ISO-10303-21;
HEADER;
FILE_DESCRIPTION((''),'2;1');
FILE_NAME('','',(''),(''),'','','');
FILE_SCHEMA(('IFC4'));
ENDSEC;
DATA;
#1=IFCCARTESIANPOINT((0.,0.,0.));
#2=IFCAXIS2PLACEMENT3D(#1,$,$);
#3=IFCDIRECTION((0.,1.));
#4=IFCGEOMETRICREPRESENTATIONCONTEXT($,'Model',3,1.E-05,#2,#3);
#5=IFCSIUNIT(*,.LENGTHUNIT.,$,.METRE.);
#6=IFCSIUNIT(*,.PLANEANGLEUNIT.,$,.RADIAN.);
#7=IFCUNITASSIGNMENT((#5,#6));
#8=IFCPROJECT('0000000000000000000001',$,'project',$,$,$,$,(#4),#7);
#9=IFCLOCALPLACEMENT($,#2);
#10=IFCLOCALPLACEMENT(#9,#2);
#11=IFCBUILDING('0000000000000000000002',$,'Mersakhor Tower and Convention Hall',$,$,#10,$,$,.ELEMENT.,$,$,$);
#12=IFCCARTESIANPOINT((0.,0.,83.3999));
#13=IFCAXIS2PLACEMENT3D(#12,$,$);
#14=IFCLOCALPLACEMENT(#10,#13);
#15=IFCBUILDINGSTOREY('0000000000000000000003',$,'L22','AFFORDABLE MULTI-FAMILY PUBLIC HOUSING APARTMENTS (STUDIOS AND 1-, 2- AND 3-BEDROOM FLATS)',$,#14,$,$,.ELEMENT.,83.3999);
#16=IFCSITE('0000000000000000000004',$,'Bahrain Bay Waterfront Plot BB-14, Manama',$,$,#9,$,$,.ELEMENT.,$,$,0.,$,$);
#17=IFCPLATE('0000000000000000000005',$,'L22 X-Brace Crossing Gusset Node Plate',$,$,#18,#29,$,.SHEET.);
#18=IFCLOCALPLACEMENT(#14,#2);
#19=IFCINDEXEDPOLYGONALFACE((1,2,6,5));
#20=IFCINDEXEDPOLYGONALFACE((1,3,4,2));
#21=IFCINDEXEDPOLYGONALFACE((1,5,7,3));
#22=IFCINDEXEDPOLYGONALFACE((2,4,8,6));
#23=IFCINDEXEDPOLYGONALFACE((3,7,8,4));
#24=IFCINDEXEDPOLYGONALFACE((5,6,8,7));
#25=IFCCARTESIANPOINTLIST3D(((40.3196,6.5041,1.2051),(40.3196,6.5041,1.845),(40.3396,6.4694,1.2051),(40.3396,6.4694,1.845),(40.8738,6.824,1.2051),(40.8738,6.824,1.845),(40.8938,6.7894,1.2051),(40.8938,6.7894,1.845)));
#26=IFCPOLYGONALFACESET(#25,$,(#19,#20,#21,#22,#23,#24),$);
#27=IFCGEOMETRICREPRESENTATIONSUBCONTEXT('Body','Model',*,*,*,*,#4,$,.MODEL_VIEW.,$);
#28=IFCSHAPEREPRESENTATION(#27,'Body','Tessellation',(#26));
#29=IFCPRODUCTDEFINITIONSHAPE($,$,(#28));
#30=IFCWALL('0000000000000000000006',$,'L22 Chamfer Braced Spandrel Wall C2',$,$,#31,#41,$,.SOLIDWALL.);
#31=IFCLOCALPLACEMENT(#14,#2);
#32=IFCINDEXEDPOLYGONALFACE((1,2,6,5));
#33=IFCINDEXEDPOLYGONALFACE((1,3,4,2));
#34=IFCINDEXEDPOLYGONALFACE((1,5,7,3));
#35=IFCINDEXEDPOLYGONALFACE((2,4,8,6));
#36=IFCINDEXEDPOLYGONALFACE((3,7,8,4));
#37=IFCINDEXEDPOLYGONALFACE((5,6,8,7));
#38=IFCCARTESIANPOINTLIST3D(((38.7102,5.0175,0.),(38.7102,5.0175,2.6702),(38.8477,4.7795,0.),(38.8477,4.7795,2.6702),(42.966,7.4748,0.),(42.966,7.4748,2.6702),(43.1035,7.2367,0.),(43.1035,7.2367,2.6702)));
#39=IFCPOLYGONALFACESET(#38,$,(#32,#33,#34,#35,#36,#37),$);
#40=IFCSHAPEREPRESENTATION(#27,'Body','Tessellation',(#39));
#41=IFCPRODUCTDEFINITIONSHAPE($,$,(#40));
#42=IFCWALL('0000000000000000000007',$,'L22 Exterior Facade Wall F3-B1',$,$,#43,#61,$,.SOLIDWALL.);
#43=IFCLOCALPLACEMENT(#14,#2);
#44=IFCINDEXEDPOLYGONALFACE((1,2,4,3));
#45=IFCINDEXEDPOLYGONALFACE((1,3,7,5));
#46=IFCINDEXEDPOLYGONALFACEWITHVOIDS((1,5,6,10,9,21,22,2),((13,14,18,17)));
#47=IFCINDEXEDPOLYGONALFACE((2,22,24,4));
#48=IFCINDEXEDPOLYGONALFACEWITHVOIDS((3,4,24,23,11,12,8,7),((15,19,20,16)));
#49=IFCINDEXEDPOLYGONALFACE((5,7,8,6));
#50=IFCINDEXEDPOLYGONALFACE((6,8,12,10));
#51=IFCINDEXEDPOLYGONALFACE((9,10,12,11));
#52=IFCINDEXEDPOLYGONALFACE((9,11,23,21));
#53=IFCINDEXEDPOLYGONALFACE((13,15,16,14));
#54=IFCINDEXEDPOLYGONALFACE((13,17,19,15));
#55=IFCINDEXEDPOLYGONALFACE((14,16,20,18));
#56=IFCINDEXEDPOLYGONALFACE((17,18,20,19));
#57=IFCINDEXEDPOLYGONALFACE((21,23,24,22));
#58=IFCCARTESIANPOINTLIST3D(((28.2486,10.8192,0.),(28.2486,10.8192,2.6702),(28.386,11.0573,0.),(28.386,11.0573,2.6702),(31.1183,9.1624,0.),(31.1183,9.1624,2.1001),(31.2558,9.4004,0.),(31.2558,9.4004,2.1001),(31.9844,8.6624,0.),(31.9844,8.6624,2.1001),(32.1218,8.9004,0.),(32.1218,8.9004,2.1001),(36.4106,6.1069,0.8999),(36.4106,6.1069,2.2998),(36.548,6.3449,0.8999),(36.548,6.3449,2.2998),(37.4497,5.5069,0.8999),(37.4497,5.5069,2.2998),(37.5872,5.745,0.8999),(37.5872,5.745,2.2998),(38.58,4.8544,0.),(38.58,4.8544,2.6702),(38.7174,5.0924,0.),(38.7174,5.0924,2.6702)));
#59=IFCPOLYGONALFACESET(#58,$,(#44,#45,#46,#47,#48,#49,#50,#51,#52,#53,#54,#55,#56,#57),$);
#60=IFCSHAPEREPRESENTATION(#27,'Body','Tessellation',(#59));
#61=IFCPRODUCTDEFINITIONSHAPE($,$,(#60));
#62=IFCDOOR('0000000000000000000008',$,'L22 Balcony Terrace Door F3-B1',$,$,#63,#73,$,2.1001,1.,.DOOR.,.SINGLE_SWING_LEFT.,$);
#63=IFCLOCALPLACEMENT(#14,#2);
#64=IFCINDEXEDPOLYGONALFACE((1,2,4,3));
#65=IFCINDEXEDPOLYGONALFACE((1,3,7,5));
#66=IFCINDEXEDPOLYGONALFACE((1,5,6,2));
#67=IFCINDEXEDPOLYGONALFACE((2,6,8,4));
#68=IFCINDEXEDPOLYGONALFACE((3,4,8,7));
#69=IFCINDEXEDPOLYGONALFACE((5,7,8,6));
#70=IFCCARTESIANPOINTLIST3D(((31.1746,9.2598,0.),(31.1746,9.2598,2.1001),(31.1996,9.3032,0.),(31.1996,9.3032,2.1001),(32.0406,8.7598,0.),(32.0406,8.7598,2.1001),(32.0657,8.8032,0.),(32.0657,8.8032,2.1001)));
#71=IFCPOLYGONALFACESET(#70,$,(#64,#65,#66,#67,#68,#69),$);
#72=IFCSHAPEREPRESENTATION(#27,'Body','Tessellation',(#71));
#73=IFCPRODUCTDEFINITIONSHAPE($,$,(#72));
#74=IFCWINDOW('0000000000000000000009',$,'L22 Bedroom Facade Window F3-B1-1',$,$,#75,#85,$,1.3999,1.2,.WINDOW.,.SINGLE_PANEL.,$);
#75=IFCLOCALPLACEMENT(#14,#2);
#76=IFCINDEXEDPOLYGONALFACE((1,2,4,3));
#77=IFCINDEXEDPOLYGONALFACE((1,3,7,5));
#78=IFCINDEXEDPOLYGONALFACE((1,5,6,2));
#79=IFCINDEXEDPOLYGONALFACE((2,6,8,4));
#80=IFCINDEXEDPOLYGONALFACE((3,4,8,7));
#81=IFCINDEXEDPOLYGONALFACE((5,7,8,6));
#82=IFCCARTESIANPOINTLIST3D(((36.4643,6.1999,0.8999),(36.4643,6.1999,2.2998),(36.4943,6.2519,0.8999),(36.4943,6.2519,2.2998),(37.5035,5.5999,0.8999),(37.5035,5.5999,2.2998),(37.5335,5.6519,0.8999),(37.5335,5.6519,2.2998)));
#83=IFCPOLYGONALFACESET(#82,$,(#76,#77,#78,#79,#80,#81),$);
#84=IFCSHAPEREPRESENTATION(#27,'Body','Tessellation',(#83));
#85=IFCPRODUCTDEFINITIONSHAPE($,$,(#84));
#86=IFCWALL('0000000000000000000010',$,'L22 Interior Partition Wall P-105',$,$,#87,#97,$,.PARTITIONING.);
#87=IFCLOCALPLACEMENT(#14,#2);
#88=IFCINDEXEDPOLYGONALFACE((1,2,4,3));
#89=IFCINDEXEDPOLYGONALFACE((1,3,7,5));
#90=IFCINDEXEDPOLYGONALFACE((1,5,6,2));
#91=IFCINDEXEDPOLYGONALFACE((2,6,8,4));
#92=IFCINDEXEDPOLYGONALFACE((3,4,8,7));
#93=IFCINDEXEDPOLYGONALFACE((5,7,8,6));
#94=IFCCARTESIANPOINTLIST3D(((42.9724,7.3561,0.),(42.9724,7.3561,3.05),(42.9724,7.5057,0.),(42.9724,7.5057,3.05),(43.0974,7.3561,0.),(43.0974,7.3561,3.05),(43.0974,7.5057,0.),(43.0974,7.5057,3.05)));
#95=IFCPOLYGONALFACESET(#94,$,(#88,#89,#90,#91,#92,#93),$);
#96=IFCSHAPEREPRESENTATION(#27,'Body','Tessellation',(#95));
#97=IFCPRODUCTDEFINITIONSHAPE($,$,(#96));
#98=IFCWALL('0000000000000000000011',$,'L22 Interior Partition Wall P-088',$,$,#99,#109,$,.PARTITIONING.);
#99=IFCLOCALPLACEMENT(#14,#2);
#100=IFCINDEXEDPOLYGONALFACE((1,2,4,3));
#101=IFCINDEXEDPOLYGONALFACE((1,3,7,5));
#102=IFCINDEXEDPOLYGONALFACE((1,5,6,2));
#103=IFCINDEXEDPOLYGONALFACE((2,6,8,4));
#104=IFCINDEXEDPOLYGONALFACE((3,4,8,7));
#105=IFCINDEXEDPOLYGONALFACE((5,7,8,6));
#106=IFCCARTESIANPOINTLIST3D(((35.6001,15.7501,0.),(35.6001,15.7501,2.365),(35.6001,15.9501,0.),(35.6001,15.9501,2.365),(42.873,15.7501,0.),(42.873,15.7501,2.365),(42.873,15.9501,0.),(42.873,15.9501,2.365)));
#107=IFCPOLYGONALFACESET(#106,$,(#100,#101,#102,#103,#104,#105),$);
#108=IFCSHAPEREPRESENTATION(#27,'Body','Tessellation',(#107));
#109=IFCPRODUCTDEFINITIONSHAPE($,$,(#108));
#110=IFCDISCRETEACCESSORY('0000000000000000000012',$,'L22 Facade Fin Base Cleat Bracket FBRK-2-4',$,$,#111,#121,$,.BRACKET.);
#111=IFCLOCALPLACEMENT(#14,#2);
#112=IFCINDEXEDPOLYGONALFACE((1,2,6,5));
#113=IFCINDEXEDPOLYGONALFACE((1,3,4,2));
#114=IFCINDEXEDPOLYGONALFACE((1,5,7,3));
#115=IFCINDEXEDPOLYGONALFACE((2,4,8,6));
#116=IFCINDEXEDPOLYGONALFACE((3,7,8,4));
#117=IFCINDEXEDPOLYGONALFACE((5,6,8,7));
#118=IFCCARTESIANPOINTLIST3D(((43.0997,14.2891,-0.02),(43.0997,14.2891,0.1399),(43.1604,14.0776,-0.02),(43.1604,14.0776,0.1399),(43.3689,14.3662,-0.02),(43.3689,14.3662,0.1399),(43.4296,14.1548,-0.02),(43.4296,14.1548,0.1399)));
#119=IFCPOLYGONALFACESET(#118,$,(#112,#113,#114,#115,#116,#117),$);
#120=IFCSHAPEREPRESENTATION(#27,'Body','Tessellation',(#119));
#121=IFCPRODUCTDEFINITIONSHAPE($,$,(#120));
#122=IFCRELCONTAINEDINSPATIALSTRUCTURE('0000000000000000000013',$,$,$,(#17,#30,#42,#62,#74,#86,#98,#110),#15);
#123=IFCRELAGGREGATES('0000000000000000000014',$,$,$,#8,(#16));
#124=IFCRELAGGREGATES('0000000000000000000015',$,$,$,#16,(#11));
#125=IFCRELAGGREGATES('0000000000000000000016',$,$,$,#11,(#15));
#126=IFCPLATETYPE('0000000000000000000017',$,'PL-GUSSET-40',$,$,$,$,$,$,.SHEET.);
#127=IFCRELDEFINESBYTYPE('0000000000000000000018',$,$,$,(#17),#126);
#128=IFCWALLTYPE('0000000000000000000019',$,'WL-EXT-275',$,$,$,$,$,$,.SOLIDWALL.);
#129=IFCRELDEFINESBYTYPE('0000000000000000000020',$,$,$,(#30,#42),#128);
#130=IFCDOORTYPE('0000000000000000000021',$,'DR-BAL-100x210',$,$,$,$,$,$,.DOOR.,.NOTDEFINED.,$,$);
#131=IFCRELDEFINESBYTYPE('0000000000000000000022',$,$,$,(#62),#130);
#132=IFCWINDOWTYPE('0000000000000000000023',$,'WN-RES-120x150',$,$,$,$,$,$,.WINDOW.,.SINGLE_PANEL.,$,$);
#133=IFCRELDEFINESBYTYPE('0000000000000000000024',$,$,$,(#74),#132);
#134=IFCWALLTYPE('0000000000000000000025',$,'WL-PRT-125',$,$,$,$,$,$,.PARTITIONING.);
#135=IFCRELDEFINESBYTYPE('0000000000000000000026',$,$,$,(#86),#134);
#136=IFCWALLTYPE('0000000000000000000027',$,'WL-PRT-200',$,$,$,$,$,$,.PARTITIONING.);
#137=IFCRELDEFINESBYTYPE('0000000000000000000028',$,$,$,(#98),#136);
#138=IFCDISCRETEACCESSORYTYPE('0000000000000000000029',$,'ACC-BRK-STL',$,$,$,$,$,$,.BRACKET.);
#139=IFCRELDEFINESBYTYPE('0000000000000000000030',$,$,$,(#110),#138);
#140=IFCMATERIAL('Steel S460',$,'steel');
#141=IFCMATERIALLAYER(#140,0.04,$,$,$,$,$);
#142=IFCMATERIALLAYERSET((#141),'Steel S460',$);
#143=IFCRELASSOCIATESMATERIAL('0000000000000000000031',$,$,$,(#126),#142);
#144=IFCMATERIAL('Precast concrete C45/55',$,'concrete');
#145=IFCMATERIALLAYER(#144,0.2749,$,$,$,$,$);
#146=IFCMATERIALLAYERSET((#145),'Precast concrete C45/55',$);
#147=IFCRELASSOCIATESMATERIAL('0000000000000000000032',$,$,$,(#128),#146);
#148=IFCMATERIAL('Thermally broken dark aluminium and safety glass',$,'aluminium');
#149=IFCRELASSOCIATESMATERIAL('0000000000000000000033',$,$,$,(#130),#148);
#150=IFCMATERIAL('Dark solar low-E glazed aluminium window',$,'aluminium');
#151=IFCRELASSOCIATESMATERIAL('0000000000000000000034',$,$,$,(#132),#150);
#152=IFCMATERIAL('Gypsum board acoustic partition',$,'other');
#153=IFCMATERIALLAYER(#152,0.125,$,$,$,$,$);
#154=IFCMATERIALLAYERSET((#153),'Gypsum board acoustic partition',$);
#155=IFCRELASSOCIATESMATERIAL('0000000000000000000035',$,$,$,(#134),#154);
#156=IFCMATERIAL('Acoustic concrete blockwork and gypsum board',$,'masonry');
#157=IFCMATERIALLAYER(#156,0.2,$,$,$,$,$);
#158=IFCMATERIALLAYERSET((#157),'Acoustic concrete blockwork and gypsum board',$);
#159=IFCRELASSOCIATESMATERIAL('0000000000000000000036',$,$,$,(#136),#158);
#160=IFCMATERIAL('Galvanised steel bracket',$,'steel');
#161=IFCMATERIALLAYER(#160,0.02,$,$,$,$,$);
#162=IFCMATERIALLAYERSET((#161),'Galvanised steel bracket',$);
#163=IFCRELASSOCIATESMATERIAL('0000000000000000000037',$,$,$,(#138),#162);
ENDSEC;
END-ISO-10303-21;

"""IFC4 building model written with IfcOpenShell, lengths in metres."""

from ifc_helpers import new_model, si_unit, direction, frame, frame_2d, origin, origin_2d, place, context, subcontext, project, spatial, rectangle, extrude, material, layer, layer_set, type_object, element, fill, save


model = new_model("IFC4")

# Units and contexts
model_context = context("Model", 3, precision=1e-05, world=origin(), true_north=direction((0.0, 1.0)))
body_context = subcontext(model_context, "Body", "Model", "MODEL_VIEW")
ifc_project = project(units=[si_unit("LENGTHUNIT", "METRE"), si_unit("PLANEANGLEUNIT", "RADIAN")], contexts=[model_context])

# Site, building, storey
site_placement = place(None, origin())
site = spatial("IfcSite", under=ifc_project, at=site_placement, Name="Bahrain Bay Waterfront Plot BB-14, Manama", CompositionType="ELEMENT", RefElevation=0.0)
building_placement = place(site_placement, origin())
building = spatial("IfcBuilding", under=site, at=building_placement, Name="Mersakhor Tower and Convention Hall", CompositionType="ELEMENT")
storey_placement = place(building_placement, frame((0.0, 0.0, 83.3999)))
storey = spatial("IfcBuildingStorey", under=building, at=storey_placement, Name="L22", Description="AFFORDABLE MULTI-FAMILY PUBLIC HOUSING APARTMENTS (STUDIOS AND 1-, 2- AND 3-BEDROOM FLATS)", CompositionType="ELEMENT", Elevation=83.3999)

# Plate
ifc_material_1 = material(Name="Steel S460", Category="steel")
ifc_layer_1 = layer(ifc_material_1, 0.04)
ifc_layer_set_1 = layer_set([ifc_layer_1], Name="Steel S460")
plate_type_1 = type_object("IfcPlateType", Name="PL-GUSSET-40", PredefinedType="SHEET", material=ifc_layer_set_1)
plate_1_placement = place(storey_placement, frame((40.6067, 6.6467, 1.2051), z_axis=(0.0, 0.0, 1.0), x_axis=(0.866025, 0.5, 0.0)))
element("IfcPlate", 1, at=plate_1_placement, inside=storey, type_object=plate_type_1, Name="L22 X-Brace Crossing Gusset Node Plate", PredefinedType="SHEET", context=body_context, shape_type="SweptSolid", body=[
    extrude(rectangle(XDim=0.6399, YDim=0.04, at=origin_2d()), origin(), (0.0, 0.0, 1.0), 0.6399),
])

# Wall
ifc_material_2 = material(Name="Precast concrete C45/55", Category="concrete")
ifc_layer_2 = layer(ifc_material_2, 0.2749)
ifc_layer_set_2 = layer_set([ifc_layer_2], Name="Precast concrete C45/55")
wall_type_1 = type_object("IfcWallType", Name="WL-EXT-275", PredefinedType="SOLIDWALL", material=ifc_layer_set_2)
wall_1_placement = place(storey_placement, frame((43.0347, 7.3557, 0.0), z_axis=(0.0, 0.0, 1.0), x_axis=(-0.866012, -0.500023, 0.0)))
element("IfcWall", 2, at=wall_1_placement, inside=storey, type_object=wall_type_1, Name="L22 Chamfer Braced Spandrel Wall C2", PredefinedType="SOLIDWALL", context=body_context, shape_type="SweptSolid", body=[
    extrude(rectangle(XDim=4.9143, YDim=0.2749, at=frame_2d((2.457, 0.0))), origin(), (0.0, 0.0, 1.0), 2.6702),
])

# Wall, openings, door, window
wall_2_placement = place(storey_placement, frame((38.6487, 4.9734, 0.0), z_axis=(0.0, 0.0, 1.0), x_axis=(-0.866023, 0.500004, 0.0)))
wall_2 = element("IfcWall", 3, at=wall_2_placement, inside=storey, type_object=wall_type_1, Name="L22 Exterior Facade Wall F3-B1", PredefinedType="SOLIDWALL", context=body_context, shape_type="SweptSolid", body=[
    extrude(rectangle(XDim=11.9297, YDim=0.2749, at=frame_2d((5.9648, 0.0))), origin(), (0.0, 0.0, 1.0), 2.6702),
])
opening_1_placement = place(wall_2_placement, frame((7.616, 0.0, 0.0)))
opening_1 = element("IfcOpeningElement", 4, at=opening_1_placement, cuts=wall_2, PredefinedType="OPENING", context=body_context, shape_type="SweptSolid", body=[
    extrude(rectangle(XDim=1.0, YDim=2.1001, at=frame_2d((0.5, 1.05))), frame((0.0, 0.1475, 0.0), z_axis=(0.0, -1.0, 0.0), x_axis=(1.0, 0.0, 0.0)), (0.0, 0.0, 1.0), 0.2949),
])
opening_2_placement = place(wall_2_placement, frame((1.3049, 0.0, 0.8999)))
opening_2 = element("IfcOpeningElement", 5, at=opening_2_placement, cuts=wall_2, PredefinedType="OPENING", context=body_context, shape_type="SweptSolid", body=[
    extrude(rectangle(XDim=1.2, YDim=1.3999, at=frame_2d((0.6001, 0.7))), frame((0.0, 0.1475, 0.0), z_axis=(0.0, -1.0, 0.0), x_axis=(1.0, 0.0, 0.0)), (0.0, 0.0, 1.0), 0.2949),
])
ifc_material_3 = material(Name="Thermally broken dark aluminium and safety glass", Category="aluminium")
door_type_1 = type_object("IfcDoorType", Name="DR-BAL-100x210", OperationType="NOTDEFINED", PredefinedType="DOOR", material=ifc_material_3)
door_1_placement = place(opening_1_placement, origin())
door_1 = element("IfcDoor", 6, at=door_1_placement, inside=storey, type_object=door_type_1, Name="L22 Balcony Terrace Door F3-B1", OperationType="SINGLE_SWING_LEFT", OverallHeight=2.1001, OverallWidth=1.0, PredefinedType="DOOR", context=body_context, shape_type="SweptSolid", body=[
    extrude(rectangle(XDim=1.0, YDim=2.1001, at=frame_2d((0.5, 1.05))), frame((0.0, 0.0249, 0.0), z_axis=(0.0, -1.0, 0.0), x_axis=(1.0, 0.0, 0.0)), (0.0, 0.0, 1.0), 0.05),
])
fill(opening_1, door_1)
ifc_material_4 = material(Name="Dark solar low-E glazed aluminium window", Category="aluminium")
window_type = type_object("IfcWindowType", Name="WN-RES-120x150", PartitioningType="SINGLE_PANEL", PredefinedType="WINDOW", material=ifc_material_4)
window_placement = place(opening_2_placement, origin())
window = element("IfcWindow", 7, at=window_placement, inside=storey, type_object=window_type, Name="L22 Bedroom Facade Window F3-B1-1", OverallHeight=1.3999, OverallWidth=1.2, PartitioningType="SINGLE_PANEL", PredefinedType="WINDOW", context=body_context, shape_type="SweptSolid", body=[
    extrude(rectangle(XDim=1.2, YDim=1.3999, at=frame_2d((0.6001, 0.7))), frame((0.0, 0.03, 0.0), z_axis=(0.0, -1.0, 0.0), x_axis=(1.0, 0.0, 0.0)), (0.0, 0.0, 1.0), 0.0601),
])
fill(opening_2, window)

# Wall
ifc_material_5 = material(Name="Gypsum board acoustic partition", Category="other")
ifc_layer_3 = layer(ifc_material_5, 0.125)
ifc_layer_set_3 = layer_set([ifc_layer_3], Name="Gypsum board acoustic partition")
wall_type_2 = type_object("IfcWallType", Name="WL-PRT-125", PredefinedType="PARTITIONING", material=ifc_layer_set_3)
wall_3_placement = place(storey_placement, frame((43.0349, 7.5056, 0.0), z_axis=(0.0, 0.0, 1.0), x_axis=(0.0, -1.0, 0.0)))
element("IfcWall", 8, at=wall_3_placement, inside=storey, type_object=wall_type_2, Name="L22 Interior Partition Wall P-105", PredefinedType="PARTITIONING", context=body_context, shape_type="SweptSolid", body=[
    extrude(rectangle(XDim=0.1497, YDim=0.125, at=frame_2d((0.0747, 0.0))), origin(), (0.0, 0.0, 1.0), 3.05),
])

# Shared definitions
ifc_material_6 = material(Name="Acoustic concrete blockwork and gypsum board", Category="masonry")
ifc_layer_4 = layer(ifc_material_6, 0.2)
ifc_layer_set_4 = layer_set([ifc_layer_4], Name="Acoustic concrete blockwork and gypsum board")
wall_type_3 = type_object("IfcWallType", Name="WL-PRT-200", PredefinedType="PARTITIONING", material=ifc_layer_set_4)

# Wall
wall_4_placement = place(storey_placement, frame((42.873, 15.8501, 0.0), z_axis=(0.0, 0.0, 1.0), x_axis=(-1.0, 0.0, 0.0)))
element("IfcWall", 9, at=wall_4_placement, inside=storey, type_object=wall_type_3, Name="L22 Interior Partition Wall P-088", PredefinedType="PARTITIONING", context=body_context, shape_type="SweptSolid", body=[
    extrude(rectangle(XDim=7.2729, YDim=0.2, at=frame_2d((3.6365, 0.0))), origin(), (0.0, 0.0, 1.0), 2.365),
])

# Discrete accessory
ifc_material_7 = material(Name="Galvanised steel bracket", Category="steel")
ifc_layer_5 = layer(ifc_material_7, 0.02)
ifc_layer_set_5 = layer_set([ifc_layer_5], Name="Galvanised steel bracket")
discrete_accessory_type = type_object("IfcDiscreteAccessoryType", Name="ACC-BRK-STL", PredefinedType="BRACKET", material=ifc_layer_set_5)
discrete_accessory_placement = place(storey_placement, frame((43.2646, 14.2219, -0.02), z_axis=(0.0, 0.0, 1.0), x_axis=(0.961262, 0.275637, 0.0)))
element("IfcDiscreteAccessory", 10, at=discrete_accessory_placement, inside=storey, type_object=discrete_accessory_type, Name="L22 Facade Fin Base Cleat Bracket FBRK-2-4", PredefinedType="BRACKET", context=body_context, shape_type="SweptSolid", body=[
    extrude(rectangle(XDim=0.28, YDim=0.22, at=origin_2d()), origin(), (0.0, 0.0, 1.0), 0.1599),
])

save(model, "model.ifc")
